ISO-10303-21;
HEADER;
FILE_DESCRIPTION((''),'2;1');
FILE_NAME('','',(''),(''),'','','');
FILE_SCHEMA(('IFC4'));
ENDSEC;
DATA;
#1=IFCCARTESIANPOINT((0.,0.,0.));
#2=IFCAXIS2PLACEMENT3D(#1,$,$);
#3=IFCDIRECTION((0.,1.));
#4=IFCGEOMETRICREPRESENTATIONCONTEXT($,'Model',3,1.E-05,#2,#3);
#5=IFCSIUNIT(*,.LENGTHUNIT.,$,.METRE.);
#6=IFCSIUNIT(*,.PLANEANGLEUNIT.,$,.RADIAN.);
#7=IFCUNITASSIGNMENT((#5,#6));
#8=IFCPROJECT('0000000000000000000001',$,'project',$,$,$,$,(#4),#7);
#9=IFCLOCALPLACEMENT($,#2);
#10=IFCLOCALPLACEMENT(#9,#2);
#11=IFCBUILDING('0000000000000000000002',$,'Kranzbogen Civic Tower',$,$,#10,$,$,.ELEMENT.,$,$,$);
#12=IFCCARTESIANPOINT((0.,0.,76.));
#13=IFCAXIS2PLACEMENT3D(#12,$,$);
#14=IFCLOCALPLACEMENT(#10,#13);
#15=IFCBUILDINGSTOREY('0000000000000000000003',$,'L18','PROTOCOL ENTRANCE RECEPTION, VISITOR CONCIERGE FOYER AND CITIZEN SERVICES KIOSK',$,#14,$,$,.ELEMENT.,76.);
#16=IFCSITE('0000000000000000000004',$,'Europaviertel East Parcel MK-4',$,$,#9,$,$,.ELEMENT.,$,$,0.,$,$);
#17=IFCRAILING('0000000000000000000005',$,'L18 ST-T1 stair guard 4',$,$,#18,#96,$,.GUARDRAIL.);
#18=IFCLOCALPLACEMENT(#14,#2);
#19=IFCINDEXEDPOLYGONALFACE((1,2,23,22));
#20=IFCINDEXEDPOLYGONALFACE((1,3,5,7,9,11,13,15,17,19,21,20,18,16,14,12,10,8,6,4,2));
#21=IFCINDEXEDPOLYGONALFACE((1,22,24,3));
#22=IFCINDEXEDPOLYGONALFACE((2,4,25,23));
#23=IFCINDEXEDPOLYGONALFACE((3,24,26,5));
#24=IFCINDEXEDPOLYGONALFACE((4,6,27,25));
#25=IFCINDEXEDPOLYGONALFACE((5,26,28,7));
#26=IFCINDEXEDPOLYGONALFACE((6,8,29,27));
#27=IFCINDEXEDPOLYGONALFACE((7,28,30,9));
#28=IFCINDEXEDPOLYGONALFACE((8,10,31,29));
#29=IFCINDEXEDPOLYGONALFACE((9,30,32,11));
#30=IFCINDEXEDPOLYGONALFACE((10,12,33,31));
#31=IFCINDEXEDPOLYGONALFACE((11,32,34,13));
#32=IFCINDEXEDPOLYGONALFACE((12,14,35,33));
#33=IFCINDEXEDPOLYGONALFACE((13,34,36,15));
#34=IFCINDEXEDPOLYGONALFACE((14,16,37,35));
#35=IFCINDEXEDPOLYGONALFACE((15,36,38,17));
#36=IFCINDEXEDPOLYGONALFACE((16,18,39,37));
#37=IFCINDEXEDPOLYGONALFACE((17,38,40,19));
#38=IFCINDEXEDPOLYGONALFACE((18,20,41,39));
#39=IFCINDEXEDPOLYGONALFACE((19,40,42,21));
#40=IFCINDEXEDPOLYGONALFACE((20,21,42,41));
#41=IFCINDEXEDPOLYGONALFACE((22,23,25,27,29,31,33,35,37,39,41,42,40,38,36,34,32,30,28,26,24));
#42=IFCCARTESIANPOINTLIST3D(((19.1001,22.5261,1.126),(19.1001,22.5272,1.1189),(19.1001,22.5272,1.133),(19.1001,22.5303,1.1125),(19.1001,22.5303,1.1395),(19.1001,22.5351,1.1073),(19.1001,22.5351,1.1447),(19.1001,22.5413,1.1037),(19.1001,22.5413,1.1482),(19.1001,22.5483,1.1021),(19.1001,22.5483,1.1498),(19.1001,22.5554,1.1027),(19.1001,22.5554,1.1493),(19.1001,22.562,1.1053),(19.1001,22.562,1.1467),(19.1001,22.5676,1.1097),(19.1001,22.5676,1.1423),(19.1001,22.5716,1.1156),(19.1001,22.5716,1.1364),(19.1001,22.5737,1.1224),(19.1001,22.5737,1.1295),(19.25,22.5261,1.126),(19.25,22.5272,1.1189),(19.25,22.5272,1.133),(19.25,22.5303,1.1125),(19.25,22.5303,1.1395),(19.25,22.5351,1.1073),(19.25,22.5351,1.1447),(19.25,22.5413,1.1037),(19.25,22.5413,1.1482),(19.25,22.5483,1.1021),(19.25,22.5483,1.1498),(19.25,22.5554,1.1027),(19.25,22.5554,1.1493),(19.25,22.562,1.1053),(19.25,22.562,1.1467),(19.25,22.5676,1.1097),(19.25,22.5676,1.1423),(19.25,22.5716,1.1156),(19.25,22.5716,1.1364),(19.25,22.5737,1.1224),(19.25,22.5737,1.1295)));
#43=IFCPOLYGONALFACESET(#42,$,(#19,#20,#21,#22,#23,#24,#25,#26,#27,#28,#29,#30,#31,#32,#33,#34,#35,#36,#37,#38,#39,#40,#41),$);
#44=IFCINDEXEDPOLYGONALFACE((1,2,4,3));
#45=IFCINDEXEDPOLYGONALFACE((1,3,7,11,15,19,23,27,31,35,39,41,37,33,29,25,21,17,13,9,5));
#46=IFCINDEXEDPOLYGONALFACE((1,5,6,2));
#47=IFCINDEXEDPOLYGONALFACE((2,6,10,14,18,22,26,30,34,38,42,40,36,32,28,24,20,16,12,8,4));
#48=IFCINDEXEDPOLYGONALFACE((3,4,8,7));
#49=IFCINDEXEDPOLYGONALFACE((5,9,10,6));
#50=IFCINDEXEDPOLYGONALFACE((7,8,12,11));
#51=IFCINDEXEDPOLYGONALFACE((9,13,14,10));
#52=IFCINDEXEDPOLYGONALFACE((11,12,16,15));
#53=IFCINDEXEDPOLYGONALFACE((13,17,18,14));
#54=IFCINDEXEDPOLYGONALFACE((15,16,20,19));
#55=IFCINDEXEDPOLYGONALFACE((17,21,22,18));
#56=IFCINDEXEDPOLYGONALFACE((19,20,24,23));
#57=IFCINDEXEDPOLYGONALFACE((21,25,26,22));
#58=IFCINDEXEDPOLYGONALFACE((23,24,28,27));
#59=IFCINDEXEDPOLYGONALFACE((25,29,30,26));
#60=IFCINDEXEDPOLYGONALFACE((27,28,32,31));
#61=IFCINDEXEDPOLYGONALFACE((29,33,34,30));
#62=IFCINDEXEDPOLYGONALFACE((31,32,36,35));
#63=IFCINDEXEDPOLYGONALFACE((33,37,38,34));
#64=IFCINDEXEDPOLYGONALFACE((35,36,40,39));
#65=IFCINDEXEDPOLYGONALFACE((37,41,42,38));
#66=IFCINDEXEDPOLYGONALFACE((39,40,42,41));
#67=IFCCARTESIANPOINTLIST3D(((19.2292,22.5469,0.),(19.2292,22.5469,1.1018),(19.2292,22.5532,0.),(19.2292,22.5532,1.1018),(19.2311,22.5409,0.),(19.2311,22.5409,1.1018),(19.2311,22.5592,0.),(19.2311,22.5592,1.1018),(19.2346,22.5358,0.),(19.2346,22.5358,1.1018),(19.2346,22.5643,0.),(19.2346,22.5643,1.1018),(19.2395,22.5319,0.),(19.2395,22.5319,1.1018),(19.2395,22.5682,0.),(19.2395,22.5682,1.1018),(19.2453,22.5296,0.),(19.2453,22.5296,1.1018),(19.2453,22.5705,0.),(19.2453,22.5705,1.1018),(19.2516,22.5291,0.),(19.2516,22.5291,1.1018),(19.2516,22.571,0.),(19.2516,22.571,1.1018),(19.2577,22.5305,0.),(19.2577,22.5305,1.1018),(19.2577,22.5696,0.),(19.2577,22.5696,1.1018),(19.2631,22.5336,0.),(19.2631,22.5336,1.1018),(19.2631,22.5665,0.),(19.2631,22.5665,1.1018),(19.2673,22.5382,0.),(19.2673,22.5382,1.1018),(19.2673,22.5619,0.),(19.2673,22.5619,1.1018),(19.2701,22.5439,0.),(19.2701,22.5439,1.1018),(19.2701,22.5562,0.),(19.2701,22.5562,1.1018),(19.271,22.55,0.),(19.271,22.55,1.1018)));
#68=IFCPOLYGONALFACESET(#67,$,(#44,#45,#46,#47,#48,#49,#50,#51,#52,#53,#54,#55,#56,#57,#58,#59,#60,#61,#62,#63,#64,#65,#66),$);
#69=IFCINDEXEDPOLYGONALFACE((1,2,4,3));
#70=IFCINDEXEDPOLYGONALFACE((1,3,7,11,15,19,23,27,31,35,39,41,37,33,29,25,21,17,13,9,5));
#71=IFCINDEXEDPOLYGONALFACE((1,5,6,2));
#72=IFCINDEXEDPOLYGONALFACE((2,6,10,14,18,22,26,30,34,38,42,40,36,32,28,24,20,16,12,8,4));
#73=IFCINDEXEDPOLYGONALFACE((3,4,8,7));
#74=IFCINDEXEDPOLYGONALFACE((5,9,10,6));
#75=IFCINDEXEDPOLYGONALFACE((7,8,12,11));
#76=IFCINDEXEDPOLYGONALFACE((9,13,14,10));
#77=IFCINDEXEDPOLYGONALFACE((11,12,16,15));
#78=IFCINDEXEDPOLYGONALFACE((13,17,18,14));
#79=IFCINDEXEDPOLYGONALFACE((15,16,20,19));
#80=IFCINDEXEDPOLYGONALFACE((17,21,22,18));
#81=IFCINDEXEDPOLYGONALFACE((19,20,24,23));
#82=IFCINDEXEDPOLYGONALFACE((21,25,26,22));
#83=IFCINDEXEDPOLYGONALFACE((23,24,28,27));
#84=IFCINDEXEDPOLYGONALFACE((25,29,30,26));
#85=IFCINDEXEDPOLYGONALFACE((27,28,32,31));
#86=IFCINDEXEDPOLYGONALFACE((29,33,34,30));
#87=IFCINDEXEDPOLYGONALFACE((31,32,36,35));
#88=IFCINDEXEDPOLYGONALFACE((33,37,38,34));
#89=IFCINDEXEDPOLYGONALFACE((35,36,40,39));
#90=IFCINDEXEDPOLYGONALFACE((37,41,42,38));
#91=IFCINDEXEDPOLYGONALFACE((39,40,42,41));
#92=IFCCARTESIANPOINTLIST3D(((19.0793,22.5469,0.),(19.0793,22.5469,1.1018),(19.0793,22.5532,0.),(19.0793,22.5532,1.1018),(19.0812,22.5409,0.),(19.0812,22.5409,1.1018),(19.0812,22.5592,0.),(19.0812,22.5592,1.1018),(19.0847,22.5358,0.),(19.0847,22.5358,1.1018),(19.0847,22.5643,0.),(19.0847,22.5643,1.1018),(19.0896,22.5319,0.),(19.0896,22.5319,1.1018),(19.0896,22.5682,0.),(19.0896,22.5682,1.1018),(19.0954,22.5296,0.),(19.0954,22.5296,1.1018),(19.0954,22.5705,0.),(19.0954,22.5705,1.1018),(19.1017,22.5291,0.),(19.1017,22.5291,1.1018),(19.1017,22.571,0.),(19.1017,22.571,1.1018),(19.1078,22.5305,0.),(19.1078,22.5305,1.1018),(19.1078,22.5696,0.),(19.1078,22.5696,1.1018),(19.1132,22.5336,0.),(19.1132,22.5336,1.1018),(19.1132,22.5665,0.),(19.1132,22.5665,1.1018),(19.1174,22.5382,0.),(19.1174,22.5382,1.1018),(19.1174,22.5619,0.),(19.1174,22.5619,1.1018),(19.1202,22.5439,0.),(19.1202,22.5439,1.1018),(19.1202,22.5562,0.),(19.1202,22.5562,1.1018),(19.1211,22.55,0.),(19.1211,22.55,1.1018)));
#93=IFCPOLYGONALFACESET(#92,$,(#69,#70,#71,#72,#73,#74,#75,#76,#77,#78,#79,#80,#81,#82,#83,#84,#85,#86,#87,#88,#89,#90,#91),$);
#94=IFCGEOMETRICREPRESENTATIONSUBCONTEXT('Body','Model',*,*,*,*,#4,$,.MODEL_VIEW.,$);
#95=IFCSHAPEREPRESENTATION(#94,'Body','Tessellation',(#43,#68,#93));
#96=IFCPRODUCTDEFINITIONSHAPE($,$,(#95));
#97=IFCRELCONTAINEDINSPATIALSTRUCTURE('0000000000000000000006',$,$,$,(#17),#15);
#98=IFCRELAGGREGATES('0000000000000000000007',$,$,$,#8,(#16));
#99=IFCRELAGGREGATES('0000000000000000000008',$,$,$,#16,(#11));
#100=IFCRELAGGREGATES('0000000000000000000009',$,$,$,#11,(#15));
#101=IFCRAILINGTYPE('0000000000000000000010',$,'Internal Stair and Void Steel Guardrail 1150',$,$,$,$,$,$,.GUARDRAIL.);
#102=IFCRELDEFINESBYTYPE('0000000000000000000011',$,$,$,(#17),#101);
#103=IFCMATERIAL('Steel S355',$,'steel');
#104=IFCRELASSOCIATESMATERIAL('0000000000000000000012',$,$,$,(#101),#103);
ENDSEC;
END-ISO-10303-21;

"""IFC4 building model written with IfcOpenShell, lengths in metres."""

from ifc_helpers import new_model, si_unit, direction, frame, origin, origin_2d, place, context, subcontext, project, spatial, circle, extrude, material, type_object, element, save


model = new_model("IFC4")

# Units and contexts
model_context = context("Model", 3, precision=1e-05, world=origin(), true_north=direction((0.0, 1.0)))
body_context = subcontext(model_context, "Body", "Model", "MODEL_VIEW")
ifc_project = project(units=[si_unit("LENGTHUNIT", "METRE"), si_unit("PLANEANGLEUNIT", "RADIAN")], contexts=[model_context])

# Site, building, storey
site_placement = place(None, origin())
site = spatial("IfcSite", under=ifc_project, at=site_placement, Name="Europaviertel East Parcel MK-4", CompositionType="ELEMENT", RefElevation=0.0)
building_placement = place(site_placement, origin())
building = spatial("IfcBuilding", under=site, at=building_placement, Name="Kranzbogen Civic Tower", CompositionType="ELEMENT")
storey_placement = place(building_placement, frame((0.0, 0.0, 76.0)))
storey = spatial("IfcBuildingStorey", under=building, at=storey_placement, Name="L18", Description="PROTOCOL ENTRANCE RECEPTION, VISITOR CONCIERGE FOYER AND CITIZEN SERVICES KIOSK", CompositionType="ELEMENT", Elevation=76.0)

# Shared definitions
ifc_material_1 = material(Name="Steel S355", Category="steel")

# Railing
railing_type_1 = type_object("IfcRailingType", Name="Internal Stair and Void Steel Guardrail 1150", PredefinedType="GUARDRAIL", material=ifc_material_1)
railing_1_placement = place(storey_placement, frame((19.25, 22.55, 0.0)))
element("IfcRailing", 1, at=railing_1_placement, inside=storey, type_object=railing_type_1, Name="L18 ST-T1 stair guard 4", PredefinedType="GUARDRAIL", context=body_context, shape_type="SweptSolid", body=[
    extrude(circle(Radius=0.0239, at=origin_2d()), frame((0.0, 0.0, 1.126), z_axis=(-1.0, 0.0, 0.0), x_axis=(0.0, -1.0, 0.0)), (0.0, 0.0, 1.0), 0.1499),
    extrude(circle(Radius=0.021, at=origin_2d()), origin(), (0.0, 0.0, 1.0), 1.1018),
    extrude(circle(Radius=0.021, at=origin_2d()), frame((-0.1499, 0.0, 0.0)), (0.0, 0.0, 1.0), 1.1018),
])

save(model, "model.ifc")
